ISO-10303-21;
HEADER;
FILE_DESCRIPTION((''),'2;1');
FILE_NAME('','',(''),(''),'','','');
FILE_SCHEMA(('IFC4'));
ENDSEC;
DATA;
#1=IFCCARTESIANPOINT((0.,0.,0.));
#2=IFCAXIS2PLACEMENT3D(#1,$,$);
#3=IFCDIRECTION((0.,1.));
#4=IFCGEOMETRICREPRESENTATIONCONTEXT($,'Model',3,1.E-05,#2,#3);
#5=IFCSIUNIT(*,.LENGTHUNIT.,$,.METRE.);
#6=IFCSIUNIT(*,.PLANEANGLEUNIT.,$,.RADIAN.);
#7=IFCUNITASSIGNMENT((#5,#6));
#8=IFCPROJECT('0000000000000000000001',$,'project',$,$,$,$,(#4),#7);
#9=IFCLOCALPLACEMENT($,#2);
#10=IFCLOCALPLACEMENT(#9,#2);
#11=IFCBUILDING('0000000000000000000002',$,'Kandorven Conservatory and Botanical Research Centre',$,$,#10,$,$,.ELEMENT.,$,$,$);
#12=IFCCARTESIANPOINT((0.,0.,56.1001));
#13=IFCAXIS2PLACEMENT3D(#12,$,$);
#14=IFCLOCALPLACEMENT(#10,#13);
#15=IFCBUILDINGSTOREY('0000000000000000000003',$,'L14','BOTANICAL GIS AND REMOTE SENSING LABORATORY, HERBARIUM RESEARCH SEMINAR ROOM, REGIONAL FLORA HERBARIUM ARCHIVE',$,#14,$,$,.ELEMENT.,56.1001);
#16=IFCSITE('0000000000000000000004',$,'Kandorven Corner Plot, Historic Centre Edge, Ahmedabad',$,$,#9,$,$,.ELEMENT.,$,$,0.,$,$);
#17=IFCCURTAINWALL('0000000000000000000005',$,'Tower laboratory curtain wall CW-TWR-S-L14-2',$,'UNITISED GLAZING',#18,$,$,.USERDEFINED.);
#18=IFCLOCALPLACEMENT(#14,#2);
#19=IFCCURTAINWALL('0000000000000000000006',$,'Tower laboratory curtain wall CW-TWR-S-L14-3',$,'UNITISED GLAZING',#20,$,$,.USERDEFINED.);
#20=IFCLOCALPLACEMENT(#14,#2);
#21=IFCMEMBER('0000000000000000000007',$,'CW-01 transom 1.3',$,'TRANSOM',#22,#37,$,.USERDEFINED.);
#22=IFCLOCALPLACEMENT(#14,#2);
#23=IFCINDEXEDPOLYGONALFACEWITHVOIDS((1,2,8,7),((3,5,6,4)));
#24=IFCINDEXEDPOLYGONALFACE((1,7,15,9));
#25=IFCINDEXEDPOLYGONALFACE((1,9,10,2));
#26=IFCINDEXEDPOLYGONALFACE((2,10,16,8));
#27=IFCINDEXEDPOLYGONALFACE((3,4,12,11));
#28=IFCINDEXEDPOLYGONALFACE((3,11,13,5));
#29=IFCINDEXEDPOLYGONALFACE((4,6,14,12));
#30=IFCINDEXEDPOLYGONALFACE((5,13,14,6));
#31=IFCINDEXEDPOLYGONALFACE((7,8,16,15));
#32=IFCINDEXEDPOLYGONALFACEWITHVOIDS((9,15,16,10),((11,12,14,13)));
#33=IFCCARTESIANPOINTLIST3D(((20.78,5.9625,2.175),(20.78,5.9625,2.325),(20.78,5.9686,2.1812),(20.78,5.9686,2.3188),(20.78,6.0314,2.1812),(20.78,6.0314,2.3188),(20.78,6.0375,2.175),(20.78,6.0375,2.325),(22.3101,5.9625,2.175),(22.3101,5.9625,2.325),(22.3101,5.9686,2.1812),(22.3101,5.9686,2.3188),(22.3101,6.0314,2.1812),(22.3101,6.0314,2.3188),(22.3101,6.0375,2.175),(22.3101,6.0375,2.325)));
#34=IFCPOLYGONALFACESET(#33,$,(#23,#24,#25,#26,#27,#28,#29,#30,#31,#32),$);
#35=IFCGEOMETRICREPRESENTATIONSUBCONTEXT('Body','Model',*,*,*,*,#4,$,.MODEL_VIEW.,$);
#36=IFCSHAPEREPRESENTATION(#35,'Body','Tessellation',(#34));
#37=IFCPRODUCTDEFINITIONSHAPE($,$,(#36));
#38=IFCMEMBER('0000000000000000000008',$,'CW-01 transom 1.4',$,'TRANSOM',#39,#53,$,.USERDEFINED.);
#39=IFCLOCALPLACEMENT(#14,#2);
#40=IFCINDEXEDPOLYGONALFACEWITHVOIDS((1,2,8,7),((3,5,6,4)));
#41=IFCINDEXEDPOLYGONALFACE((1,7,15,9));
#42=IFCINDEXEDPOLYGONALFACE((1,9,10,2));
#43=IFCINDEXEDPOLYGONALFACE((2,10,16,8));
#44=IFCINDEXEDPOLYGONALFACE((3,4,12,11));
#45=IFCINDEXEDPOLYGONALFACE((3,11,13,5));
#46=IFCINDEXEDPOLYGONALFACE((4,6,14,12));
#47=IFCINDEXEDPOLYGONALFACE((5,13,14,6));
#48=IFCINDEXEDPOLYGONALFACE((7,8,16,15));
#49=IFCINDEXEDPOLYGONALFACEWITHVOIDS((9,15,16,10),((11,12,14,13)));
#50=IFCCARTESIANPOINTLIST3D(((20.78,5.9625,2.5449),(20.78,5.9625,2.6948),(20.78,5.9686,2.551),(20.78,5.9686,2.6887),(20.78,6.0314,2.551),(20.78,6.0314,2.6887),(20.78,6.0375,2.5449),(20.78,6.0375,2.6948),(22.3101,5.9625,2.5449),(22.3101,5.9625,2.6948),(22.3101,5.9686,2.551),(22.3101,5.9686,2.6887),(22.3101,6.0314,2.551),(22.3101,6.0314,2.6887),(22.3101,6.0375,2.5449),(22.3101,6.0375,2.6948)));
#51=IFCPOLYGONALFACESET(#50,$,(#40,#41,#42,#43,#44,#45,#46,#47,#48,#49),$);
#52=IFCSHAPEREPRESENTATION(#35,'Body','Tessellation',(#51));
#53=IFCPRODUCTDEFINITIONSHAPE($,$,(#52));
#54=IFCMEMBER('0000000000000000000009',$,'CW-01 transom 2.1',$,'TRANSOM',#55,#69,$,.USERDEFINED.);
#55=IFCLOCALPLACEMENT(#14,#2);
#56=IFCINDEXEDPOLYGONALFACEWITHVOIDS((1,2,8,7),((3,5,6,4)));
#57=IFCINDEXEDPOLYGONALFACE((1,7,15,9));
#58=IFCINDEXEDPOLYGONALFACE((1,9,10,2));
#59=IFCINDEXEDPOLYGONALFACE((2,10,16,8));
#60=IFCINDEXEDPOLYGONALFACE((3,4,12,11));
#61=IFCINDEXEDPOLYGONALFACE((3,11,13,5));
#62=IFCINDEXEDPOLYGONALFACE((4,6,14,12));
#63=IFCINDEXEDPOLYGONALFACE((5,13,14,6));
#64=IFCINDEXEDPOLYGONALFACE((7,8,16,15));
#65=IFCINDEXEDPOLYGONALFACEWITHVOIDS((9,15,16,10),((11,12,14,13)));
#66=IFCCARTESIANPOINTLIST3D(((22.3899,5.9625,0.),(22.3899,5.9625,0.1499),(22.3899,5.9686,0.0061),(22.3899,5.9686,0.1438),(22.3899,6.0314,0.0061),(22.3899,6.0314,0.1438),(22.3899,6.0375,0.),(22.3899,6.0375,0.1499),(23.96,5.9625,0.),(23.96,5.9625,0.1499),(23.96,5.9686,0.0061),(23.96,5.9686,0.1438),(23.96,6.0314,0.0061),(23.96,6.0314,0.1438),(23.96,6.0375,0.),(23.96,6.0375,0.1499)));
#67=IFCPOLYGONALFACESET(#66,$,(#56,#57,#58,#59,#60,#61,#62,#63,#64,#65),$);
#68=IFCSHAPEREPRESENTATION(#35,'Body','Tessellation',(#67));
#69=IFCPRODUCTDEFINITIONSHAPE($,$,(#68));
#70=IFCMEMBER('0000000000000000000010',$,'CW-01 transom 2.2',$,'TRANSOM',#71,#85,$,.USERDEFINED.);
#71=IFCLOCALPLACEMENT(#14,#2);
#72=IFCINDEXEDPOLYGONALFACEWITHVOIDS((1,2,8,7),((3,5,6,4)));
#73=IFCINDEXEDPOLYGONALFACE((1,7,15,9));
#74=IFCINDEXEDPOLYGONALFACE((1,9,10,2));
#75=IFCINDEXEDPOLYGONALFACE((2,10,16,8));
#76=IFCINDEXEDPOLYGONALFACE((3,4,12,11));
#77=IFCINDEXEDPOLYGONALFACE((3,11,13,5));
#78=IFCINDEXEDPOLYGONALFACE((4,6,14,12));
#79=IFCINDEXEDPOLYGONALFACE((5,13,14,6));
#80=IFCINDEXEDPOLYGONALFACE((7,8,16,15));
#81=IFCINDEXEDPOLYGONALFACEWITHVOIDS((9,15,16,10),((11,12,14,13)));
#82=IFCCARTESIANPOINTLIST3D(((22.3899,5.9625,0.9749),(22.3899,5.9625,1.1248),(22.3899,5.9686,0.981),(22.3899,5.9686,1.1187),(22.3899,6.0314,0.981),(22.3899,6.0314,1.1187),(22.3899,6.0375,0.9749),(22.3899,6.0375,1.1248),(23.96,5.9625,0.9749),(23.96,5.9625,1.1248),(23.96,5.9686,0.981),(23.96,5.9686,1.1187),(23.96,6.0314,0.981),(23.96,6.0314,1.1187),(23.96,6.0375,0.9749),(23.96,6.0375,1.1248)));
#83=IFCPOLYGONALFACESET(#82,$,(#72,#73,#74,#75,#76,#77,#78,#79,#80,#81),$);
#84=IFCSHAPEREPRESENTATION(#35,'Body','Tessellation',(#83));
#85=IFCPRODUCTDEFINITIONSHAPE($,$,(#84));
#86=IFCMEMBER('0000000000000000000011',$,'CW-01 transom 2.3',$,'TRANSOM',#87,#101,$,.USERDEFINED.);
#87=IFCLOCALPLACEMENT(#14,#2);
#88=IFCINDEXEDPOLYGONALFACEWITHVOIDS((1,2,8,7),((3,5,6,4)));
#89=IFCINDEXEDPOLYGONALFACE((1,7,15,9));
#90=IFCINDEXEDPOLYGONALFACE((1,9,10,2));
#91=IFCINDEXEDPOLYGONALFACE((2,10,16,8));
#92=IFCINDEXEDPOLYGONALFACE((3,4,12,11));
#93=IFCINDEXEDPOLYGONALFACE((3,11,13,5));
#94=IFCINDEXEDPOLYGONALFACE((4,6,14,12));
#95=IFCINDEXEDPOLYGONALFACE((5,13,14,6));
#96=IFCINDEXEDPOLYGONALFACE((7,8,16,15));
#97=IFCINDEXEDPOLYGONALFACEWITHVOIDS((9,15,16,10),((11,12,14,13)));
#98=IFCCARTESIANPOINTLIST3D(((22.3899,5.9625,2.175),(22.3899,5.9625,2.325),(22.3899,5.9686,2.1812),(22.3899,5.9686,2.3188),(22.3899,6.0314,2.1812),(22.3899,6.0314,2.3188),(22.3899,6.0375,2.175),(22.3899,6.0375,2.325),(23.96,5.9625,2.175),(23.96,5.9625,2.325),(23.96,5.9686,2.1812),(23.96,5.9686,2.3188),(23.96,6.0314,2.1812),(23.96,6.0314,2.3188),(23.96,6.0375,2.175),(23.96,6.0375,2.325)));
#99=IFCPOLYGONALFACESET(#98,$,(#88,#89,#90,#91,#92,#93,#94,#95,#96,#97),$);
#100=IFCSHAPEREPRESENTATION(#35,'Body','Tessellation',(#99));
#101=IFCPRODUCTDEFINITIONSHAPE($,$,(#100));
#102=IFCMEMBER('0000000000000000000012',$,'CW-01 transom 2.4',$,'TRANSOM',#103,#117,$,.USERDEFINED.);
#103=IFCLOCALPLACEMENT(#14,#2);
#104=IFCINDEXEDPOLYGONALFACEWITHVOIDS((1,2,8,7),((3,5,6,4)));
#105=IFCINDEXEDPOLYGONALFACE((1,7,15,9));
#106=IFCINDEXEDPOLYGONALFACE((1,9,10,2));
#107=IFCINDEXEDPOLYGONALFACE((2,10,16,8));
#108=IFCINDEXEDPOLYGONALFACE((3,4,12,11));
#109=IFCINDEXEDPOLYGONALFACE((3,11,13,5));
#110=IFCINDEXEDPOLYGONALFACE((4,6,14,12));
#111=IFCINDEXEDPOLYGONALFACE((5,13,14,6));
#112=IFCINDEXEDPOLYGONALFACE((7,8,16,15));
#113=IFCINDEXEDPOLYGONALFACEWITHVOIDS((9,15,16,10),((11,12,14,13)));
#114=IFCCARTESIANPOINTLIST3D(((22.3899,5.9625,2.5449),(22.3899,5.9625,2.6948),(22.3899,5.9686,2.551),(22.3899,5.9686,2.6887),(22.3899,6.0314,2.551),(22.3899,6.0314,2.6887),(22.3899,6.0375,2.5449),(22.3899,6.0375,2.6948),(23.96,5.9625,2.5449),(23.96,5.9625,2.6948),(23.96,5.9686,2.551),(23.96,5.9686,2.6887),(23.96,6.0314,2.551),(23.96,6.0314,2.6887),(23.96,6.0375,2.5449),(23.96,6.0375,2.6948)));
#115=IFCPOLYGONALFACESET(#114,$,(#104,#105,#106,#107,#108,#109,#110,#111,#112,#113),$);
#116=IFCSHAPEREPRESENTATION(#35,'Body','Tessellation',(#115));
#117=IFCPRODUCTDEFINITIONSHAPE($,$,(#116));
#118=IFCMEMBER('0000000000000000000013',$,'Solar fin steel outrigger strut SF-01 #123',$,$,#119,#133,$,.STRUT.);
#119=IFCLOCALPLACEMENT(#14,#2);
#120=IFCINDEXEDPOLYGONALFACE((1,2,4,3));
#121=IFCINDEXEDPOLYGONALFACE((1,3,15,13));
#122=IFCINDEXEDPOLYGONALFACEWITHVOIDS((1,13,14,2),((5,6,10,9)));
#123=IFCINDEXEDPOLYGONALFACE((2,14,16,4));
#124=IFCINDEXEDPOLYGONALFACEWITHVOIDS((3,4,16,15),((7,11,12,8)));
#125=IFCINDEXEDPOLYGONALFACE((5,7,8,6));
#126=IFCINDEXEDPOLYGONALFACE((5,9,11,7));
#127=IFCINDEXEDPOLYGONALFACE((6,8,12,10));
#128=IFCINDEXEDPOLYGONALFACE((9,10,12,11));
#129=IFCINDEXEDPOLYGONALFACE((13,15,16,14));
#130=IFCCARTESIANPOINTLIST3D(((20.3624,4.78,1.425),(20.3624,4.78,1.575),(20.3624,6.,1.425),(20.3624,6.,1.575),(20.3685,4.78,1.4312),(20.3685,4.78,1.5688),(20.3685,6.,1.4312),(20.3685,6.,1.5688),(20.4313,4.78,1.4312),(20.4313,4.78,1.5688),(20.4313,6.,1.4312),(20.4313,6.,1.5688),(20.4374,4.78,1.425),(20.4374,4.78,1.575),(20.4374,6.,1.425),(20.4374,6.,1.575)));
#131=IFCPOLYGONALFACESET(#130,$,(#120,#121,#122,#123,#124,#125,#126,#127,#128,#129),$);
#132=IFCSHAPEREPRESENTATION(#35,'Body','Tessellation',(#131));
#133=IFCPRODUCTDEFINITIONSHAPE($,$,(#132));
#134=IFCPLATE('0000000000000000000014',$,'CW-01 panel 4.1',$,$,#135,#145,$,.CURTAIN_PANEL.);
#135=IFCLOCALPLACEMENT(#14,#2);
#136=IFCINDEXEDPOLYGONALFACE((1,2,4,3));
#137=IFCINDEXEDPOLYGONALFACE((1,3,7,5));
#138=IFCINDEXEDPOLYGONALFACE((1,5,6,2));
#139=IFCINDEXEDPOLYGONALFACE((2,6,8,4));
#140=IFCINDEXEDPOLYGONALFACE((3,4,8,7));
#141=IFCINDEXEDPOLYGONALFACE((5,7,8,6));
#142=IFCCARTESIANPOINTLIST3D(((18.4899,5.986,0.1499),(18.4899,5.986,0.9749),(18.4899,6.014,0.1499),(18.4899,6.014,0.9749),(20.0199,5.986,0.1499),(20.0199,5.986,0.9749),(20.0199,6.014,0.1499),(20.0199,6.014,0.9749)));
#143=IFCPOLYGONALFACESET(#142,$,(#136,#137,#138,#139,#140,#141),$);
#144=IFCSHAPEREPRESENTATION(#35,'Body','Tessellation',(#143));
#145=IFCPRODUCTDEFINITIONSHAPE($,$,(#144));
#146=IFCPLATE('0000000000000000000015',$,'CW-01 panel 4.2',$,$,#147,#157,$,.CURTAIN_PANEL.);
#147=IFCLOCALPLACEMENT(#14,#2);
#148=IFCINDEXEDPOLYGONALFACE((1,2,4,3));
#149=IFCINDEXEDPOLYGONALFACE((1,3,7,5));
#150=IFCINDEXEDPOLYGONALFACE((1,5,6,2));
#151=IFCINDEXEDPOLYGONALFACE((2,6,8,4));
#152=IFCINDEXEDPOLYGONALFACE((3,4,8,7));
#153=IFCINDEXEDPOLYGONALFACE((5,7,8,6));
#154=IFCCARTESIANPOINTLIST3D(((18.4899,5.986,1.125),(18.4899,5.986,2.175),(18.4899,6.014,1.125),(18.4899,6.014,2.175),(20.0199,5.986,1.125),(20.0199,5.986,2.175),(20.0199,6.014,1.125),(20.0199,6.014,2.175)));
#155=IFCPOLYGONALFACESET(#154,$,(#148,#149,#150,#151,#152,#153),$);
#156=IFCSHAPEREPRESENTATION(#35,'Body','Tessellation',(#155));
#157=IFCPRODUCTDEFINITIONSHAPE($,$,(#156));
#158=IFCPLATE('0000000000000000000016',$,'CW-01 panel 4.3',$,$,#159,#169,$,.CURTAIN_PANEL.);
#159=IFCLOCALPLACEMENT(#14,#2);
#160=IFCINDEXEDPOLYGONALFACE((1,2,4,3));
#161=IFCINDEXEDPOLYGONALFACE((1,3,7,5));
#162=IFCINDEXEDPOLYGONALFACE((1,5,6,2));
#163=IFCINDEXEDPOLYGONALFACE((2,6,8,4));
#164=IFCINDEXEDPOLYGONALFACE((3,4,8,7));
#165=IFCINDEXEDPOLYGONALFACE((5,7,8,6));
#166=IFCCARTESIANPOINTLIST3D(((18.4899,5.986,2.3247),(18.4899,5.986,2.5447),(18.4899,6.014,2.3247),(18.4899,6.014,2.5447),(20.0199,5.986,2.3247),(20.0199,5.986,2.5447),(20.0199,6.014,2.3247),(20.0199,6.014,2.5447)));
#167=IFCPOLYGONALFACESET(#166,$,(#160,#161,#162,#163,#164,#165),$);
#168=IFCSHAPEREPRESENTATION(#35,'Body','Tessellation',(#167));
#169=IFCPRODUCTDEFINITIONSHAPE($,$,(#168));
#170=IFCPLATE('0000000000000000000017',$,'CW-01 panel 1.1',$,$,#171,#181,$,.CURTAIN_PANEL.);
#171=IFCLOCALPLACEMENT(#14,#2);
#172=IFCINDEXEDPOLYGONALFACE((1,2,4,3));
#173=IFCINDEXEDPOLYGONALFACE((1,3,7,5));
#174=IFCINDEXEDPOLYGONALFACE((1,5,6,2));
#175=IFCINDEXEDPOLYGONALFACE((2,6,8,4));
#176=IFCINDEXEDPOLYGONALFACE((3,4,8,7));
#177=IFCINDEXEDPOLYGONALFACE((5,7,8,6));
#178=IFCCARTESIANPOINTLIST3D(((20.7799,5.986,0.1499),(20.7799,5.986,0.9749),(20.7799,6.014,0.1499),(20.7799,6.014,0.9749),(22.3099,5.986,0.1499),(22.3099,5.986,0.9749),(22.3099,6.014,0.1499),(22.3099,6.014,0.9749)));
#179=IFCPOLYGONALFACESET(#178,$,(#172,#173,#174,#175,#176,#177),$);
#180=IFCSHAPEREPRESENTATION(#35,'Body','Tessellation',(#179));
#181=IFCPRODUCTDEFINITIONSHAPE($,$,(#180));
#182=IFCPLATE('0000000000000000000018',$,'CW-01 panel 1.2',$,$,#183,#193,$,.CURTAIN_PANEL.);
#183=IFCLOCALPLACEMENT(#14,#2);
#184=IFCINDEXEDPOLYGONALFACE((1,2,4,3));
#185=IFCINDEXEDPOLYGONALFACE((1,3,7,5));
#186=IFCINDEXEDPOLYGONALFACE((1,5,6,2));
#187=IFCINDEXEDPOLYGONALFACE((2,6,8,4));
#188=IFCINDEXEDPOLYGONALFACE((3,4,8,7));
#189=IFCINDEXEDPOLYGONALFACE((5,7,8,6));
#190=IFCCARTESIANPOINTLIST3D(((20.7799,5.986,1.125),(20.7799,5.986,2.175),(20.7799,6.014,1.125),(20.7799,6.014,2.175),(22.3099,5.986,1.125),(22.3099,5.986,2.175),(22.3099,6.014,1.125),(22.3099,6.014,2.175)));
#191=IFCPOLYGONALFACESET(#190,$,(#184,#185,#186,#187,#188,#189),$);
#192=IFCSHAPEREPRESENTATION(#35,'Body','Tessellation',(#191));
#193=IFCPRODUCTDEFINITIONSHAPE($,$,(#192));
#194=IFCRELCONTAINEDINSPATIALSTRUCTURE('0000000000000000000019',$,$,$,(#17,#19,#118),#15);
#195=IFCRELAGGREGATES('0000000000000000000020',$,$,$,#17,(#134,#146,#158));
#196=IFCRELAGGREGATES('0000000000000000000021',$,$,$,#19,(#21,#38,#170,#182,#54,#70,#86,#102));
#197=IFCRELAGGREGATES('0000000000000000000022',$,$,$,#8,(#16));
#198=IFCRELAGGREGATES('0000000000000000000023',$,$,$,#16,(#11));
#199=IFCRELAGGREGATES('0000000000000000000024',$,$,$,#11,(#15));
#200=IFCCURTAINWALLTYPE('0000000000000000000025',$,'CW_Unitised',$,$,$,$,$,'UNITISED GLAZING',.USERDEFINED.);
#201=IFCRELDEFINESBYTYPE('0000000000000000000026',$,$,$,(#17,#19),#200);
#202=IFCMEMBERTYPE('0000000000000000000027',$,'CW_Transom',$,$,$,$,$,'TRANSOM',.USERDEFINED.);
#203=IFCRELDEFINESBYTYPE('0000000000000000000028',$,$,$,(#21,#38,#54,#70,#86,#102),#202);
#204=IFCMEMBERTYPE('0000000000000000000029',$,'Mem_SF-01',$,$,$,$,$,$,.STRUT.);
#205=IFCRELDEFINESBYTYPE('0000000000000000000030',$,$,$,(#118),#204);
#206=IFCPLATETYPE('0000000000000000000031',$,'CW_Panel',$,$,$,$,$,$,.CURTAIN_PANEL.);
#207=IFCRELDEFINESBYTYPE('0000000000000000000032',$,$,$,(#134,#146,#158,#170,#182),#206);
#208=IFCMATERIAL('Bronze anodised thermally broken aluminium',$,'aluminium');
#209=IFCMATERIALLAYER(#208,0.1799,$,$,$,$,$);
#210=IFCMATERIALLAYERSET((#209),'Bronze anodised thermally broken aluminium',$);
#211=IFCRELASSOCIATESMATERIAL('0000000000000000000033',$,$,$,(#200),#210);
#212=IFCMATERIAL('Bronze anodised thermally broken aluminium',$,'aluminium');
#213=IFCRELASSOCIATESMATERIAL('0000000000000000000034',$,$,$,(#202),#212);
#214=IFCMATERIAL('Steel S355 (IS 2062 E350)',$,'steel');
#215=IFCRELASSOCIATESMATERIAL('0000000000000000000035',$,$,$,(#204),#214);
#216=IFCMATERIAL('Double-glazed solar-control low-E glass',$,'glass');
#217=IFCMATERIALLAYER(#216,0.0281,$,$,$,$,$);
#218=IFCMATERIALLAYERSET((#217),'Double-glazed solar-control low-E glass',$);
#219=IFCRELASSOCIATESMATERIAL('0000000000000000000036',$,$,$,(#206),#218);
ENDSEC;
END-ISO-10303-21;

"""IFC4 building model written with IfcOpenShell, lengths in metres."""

from ifc_helpers import new_model, si_unit, direction, frame, origin, origin_2d, place, context, subcontext, project, spatial, rectangle, hollow_rectangle, extrude, material, layer, layer_set, material_profile, profile_set, type_object, element, aggregate, save


model = new_model("IFC4")

# Units and contexts
model_context = context("Model", 3, precision=1e-05, world=origin(), true_north=direction((0.0, 1.0)))
body_context = subcontext(model_context, "Body", "Model", "MODEL_VIEW")
ifc_project = project(units=[si_unit("LENGTHUNIT", "METRE"), si_unit("PLANEANGLEUNIT", "RADIAN")], contexts=[model_context])

# Site, building, storey
site_placement = place(None, origin())
site = spatial("IfcSite", under=ifc_project, at=site_placement, Name="Kandorven Corner Plot, Historic Centre Edge, Ahmedabad", CompositionType="ELEMENT", RefElevation=0.0)
building_placement = place(site_placement, origin())
building = spatial("IfcBuilding", under=site, at=building_placement, Name="Kandorven Conservatory and Botanical Research Centre", CompositionType="ELEMENT")
storey_placement = place(building_placement, frame((0.0, 0.0, 56.1001)))
storey = spatial("IfcBuildingStorey", under=building, at=storey_placement, Name="L14", Description="BOTANICAL GIS AND REMOTE SENSING LABORATORY, HERBARIUM RESEARCH SEMINAR ROOM, REGIONAL FLORA HERBARIUM ARCHIVE", CompositionType="ELEMENT", Elevation=56.1001)

# Curtain wall
ifc_material_1 = material(Name="Bronze anodised thermally broken aluminium", Category="aluminium")
ifc_layer_1 = layer(ifc_material_1, 0.1799)
ifc_layer_set_1 = layer_set([ifc_layer_1], Name="Bronze anodised thermally broken aluminium")
curtain_wall_type = type_object("IfcCurtainWallType", Name="CW_Unitised", ElementType="UNITISED GLAZING", PredefinedType="USERDEFINED", material=ifc_layer_set_1)
curtain_wall_1_placement = place(storey_placement, origin())
curtain_wall_1 = element("IfcCurtainWall", 1, at=curtain_wall_1_placement, inside=storey, type_object=curtain_wall_type, Name="Tower laboratory curtain wall CW-TWR-S-L14-2", ObjectType="UNITISED GLAZING", PredefinedType="USERDEFINED")

# Curtain wall
curtain_wall_2_placement = place(storey_placement, origin())
curtain_wall_2 = element("IfcCurtainWall", 2, at=curtain_wall_2_placement, inside=storey, type_object=curtain_wall_type, Name="Tower laboratory curtain wall CW-TWR-S-L14-3", ObjectType="UNITISED GLAZING", PredefinedType="USERDEFINED")

# Members
ifc_material_2 = material(Name="Bronze anodised thermally broken aluminium", Category="aluminium")
ifc_material_profile_1 = material_profile(ifc_material_2, hollow_rectangle(XDim=0.075, YDim=0.1499, WallThickness=0.0061, at=origin_2d()))
ifc_profile_set_1 = profile_set([ifc_material_profile_1], Name="Bronze anodised thermally broken aluminium")
member_type_1 = type_object("IfcMemberType", Name="CW_Transom", ElementType="TRANSOM", PredefinedType="USERDEFINED", material=ifc_profile_set_1)
member_1_placement = place(storey_placement, frame((20.78, 6.0, 2.25), z_axis=(1.0, 0.0, 0.0), x_axis=(0.0, 1.0, 0.0)))
member_1 = element("IfcMember", 3, at=member_1_placement, type_object=member_type_1, Name="CW-01 transom 1.3", ObjectType="TRANSOM", PredefinedType="USERDEFINED", context=body_context, shape_type="SweptSolid", body=[
    extrude(hollow_rectangle(XDim=0.075, YDim=0.1499, WallThickness=0.0061, at=origin_2d()), origin(), (0.0, 0.0, 1.0), 1.53),
])
member_2_placement = place(storey_placement, frame((20.78, 6.0, 2.6199), z_axis=(1.0, 0.0, 0.0), x_axis=(0.0, 1.0, 0.0)))
member_2 = element("IfcMember", 4, at=member_2_placement, type_object=member_type_1, Name="CW-01 transom 1.4", ObjectType="TRANSOM", PredefinedType="USERDEFINED", context=body_context, shape_type="SweptSolid", body=[
    extrude(hollow_rectangle(XDim=0.075, YDim=0.1499, WallThickness=0.0061, at=origin_2d()), origin(), (0.0, 0.0, 1.0), 1.53),
])
member_3_placement = place(storey_placement, frame((22.3899, 6.0, 0.075), z_axis=(1.0, 0.0, 0.0), x_axis=(0.0, 1.0, 0.0)))
member_3 = element("IfcMember", 5, at=member_3_placement, type_object=member_type_1, Name="CW-01 transom 2.1", ObjectType="TRANSOM", PredefinedType="USERDEFINED", context=body_context, shape_type="SweptSolid", body=[
    extrude(hollow_rectangle(XDim=0.075, YDim=0.1499, WallThickness=0.0061, at=origin_2d()), origin(), (0.0, 0.0, 1.0), 1.5701),
])
member_4_placement = place(storey_placement, frame((22.3899, 6.0, 1.0498), z_axis=(1.0, 0.0, 0.0), x_axis=(0.0, 1.0, 0.0)))
member_4 = element("IfcMember", 6, at=member_4_placement, type_object=member_type_1, Name="CW-01 transom 2.2", ObjectType="TRANSOM", PredefinedType="USERDEFINED", context=body_context, shape_type="SweptSolid", body=[
    extrude(hollow_rectangle(XDim=0.075, YDim=0.1499, WallThickness=0.0061, at=origin_2d()), origin(), (0.0, 0.0, 1.0), 1.5701),
])
member_5_placement = place(storey_placement, frame((22.3899, 6.0, 2.25), z_axis=(1.0, 0.0, 0.0), x_axis=(0.0, 1.0, 0.0)))
member_5 = element("IfcMember", 7, at=member_5_placement, type_object=member_type_1, Name="CW-01 transom 2.3", ObjectType="TRANSOM", PredefinedType="USERDEFINED", context=body_context, shape_type="SweptSolid", body=[
    extrude(hollow_rectangle(XDim=0.075, YDim=0.1499, WallThickness=0.0061, at=origin_2d()), origin(), (0.0, 0.0, 1.0), 1.5701),
])
member_6_placement = place(storey_placement, frame((22.3899, 6.0, 2.6199), z_axis=(1.0, 0.0, 0.0), x_axis=(0.0, 1.0, 0.0)))
member_6 = element("IfcMember", 8, at=member_6_placement, type_object=member_type_1, Name="CW-01 transom 2.4", ObjectType="TRANSOM", PredefinedType="USERDEFINED", context=body_context, shape_type="SweptSolid", body=[
    extrude(hollow_rectangle(XDim=0.075, YDim=0.1499, WallThickness=0.0061, at=origin_2d()), origin(), (0.0, 0.0, 1.0), 1.5701),
])
ifc_material_3 = material(Name="Steel S355 (IS 2062 E350)", Category="steel")
ifc_material_profile_2 = material_profile(ifc_material_3, hollow_rectangle(XDim=0.075, YDim=0.1499, WallThickness=0.0061, at=origin_2d()))
ifc_profile_set_2 = profile_set([ifc_material_profile_2], Name="Steel S355 (IS 2062 E350)")
member_type_2 = type_object("IfcMemberType", Name="Mem_SF-01", PredefinedType="STRUT", material=ifc_profile_set_2)
member_7_placement = place(storey_placement, frame((20.3999, 6.0, 1.5), z_axis=(0.0, -1.0, 0.0), x_axis=(1.0, 0.0, 0.0)))
element("IfcMember", 9, at=member_7_placement, inside=storey, type_object=member_type_2, Name="Solar fin steel outrigger strut SF-01 #123", PredefinedType="STRUT", context=body_context, shape_type="SweptSolid", body=[
    extrude(hollow_rectangle(XDim=0.075, YDim=0.1499, WallThickness=0.0061, at=origin_2d()), origin(), (0.0, 0.0, 1.0), 1.22),
])

# Plates
ifc_material_4 = material(Name="Double-glazed solar-control low-E glass", Category="glass")
ifc_layer_2 = layer(ifc_material_4, 0.0281)
ifc_layer_set_2 = layer_set([ifc_layer_2], Name="Double-glazed solar-control low-E glass")
plate_type_1 = type_object("IfcPlateType", Name="CW_Panel", PredefinedType="CURTAIN_PANEL", material=ifc_layer_set_2)
plate_1_placement = place(storey_placement, frame((19.2549, 6.0, 0.1499), z_axis=(0.0, 0.0, 1.0), x_axis=(1.0, 0.0, 0.0)))
plate_1 = element("IfcPlate", 10, at=plate_1_placement, type_object=plate_type_1, Name="CW-01 panel 4.1", PredefinedType="CURTAIN_PANEL", context=body_context, shape_type="SweptSolid", body=[
    extrude(rectangle(XDim=1.53, YDim=0.0281, at=origin_2d()), origin(), (0.0, 0.0, 1.0), 0.825),
])
plate_2_placement = place(storey_placement, frame((19.2549, 6.0, 1.125), z_axis=(0.0, 0.0, 1.0), x_axis=(1.0, 0.0, 0.0)))
plate_2 = element("IfcPlate", 11, at=plate_2_placement, type_object=plate_type_1, Name="CW-01 panel 4.2", PredefinedType="CURTAIN_PANEL", context=body_context, shape_type="SweptSolid", body=[
    extrude(rectangle(XDim=1.53, YDim=0.0281, at=origin_2d()), origin(), (0.0, 0.0, 1.0), 1.05),
])
plate_3_placement = place(storey_placement, frame((19.2549, 6.0, 2.3247), z_axis=(0.0, 0.0, 1.0), x_axis=(1.0, 0.0, 0.0)))
plate_3 = element("IfcPlate", 12, at=plate_3_placement, type_object=plate_type_1, Name="CW-01 panel 4.3", PredefinedType="CURTAIN_PANEL", context=body_context, shape_type="SweptSolid", body=[
    extrude(rectangle(XDim=1.53, YDim=0.0281, at=origin_2d()), origin(), (0.0, 0.0, 1.0), 0.22),
])
aggregate(curtain_wall_1, [plate_1, plate_2, plate_3])
plate_4_placement = place(storey_placement, frame((21.5449, 6.0, 0.1499), z_axis=(0.0, 0.0, 1.0), x_axis=(1.0, 0.0, 0.0)))
plate_4 = element("IfcPlate", 13, at=plate_4_placement, type_object=plate_type_1, Name="CW-01 panel 1.1", PredefinedType="CURTAIN_PANEL", context=body_context, shape_type="SweptSolid", body=[
    extrude(rectangle(XDim=1.53, YDim=0.0281, at=origin_2d()), origin(), (0.0, 0.0, 1.0), 0.825),
])
plate_5_placement = place(storey_placement, frame((21.5449, 6.0, 1.125), z_axis=(0.0, 0.0, 1.0), x_axis=(1.0, 0.0, 0.0)))
plate_5 = element("IfcPlate", 14, at=plate_5_placement, type_object=plate_type_1, Name="CW-01 panel 1.2", PredefinedType="CURTAIN_PANEL", context=body_context, shape_type="SweptSolid", body=[
    extrude(rectangle(XDim=1.53, YDim=0.0281, at=origin_2d()), origin(), (0.0, 0.0, 1.0), 1.05),
])
aggregate(curtain_wall_2, [member_1, member_2, plate_4, plate_5, member_3, member_4, member_5, member_6])

save(model, "model.ifc")
